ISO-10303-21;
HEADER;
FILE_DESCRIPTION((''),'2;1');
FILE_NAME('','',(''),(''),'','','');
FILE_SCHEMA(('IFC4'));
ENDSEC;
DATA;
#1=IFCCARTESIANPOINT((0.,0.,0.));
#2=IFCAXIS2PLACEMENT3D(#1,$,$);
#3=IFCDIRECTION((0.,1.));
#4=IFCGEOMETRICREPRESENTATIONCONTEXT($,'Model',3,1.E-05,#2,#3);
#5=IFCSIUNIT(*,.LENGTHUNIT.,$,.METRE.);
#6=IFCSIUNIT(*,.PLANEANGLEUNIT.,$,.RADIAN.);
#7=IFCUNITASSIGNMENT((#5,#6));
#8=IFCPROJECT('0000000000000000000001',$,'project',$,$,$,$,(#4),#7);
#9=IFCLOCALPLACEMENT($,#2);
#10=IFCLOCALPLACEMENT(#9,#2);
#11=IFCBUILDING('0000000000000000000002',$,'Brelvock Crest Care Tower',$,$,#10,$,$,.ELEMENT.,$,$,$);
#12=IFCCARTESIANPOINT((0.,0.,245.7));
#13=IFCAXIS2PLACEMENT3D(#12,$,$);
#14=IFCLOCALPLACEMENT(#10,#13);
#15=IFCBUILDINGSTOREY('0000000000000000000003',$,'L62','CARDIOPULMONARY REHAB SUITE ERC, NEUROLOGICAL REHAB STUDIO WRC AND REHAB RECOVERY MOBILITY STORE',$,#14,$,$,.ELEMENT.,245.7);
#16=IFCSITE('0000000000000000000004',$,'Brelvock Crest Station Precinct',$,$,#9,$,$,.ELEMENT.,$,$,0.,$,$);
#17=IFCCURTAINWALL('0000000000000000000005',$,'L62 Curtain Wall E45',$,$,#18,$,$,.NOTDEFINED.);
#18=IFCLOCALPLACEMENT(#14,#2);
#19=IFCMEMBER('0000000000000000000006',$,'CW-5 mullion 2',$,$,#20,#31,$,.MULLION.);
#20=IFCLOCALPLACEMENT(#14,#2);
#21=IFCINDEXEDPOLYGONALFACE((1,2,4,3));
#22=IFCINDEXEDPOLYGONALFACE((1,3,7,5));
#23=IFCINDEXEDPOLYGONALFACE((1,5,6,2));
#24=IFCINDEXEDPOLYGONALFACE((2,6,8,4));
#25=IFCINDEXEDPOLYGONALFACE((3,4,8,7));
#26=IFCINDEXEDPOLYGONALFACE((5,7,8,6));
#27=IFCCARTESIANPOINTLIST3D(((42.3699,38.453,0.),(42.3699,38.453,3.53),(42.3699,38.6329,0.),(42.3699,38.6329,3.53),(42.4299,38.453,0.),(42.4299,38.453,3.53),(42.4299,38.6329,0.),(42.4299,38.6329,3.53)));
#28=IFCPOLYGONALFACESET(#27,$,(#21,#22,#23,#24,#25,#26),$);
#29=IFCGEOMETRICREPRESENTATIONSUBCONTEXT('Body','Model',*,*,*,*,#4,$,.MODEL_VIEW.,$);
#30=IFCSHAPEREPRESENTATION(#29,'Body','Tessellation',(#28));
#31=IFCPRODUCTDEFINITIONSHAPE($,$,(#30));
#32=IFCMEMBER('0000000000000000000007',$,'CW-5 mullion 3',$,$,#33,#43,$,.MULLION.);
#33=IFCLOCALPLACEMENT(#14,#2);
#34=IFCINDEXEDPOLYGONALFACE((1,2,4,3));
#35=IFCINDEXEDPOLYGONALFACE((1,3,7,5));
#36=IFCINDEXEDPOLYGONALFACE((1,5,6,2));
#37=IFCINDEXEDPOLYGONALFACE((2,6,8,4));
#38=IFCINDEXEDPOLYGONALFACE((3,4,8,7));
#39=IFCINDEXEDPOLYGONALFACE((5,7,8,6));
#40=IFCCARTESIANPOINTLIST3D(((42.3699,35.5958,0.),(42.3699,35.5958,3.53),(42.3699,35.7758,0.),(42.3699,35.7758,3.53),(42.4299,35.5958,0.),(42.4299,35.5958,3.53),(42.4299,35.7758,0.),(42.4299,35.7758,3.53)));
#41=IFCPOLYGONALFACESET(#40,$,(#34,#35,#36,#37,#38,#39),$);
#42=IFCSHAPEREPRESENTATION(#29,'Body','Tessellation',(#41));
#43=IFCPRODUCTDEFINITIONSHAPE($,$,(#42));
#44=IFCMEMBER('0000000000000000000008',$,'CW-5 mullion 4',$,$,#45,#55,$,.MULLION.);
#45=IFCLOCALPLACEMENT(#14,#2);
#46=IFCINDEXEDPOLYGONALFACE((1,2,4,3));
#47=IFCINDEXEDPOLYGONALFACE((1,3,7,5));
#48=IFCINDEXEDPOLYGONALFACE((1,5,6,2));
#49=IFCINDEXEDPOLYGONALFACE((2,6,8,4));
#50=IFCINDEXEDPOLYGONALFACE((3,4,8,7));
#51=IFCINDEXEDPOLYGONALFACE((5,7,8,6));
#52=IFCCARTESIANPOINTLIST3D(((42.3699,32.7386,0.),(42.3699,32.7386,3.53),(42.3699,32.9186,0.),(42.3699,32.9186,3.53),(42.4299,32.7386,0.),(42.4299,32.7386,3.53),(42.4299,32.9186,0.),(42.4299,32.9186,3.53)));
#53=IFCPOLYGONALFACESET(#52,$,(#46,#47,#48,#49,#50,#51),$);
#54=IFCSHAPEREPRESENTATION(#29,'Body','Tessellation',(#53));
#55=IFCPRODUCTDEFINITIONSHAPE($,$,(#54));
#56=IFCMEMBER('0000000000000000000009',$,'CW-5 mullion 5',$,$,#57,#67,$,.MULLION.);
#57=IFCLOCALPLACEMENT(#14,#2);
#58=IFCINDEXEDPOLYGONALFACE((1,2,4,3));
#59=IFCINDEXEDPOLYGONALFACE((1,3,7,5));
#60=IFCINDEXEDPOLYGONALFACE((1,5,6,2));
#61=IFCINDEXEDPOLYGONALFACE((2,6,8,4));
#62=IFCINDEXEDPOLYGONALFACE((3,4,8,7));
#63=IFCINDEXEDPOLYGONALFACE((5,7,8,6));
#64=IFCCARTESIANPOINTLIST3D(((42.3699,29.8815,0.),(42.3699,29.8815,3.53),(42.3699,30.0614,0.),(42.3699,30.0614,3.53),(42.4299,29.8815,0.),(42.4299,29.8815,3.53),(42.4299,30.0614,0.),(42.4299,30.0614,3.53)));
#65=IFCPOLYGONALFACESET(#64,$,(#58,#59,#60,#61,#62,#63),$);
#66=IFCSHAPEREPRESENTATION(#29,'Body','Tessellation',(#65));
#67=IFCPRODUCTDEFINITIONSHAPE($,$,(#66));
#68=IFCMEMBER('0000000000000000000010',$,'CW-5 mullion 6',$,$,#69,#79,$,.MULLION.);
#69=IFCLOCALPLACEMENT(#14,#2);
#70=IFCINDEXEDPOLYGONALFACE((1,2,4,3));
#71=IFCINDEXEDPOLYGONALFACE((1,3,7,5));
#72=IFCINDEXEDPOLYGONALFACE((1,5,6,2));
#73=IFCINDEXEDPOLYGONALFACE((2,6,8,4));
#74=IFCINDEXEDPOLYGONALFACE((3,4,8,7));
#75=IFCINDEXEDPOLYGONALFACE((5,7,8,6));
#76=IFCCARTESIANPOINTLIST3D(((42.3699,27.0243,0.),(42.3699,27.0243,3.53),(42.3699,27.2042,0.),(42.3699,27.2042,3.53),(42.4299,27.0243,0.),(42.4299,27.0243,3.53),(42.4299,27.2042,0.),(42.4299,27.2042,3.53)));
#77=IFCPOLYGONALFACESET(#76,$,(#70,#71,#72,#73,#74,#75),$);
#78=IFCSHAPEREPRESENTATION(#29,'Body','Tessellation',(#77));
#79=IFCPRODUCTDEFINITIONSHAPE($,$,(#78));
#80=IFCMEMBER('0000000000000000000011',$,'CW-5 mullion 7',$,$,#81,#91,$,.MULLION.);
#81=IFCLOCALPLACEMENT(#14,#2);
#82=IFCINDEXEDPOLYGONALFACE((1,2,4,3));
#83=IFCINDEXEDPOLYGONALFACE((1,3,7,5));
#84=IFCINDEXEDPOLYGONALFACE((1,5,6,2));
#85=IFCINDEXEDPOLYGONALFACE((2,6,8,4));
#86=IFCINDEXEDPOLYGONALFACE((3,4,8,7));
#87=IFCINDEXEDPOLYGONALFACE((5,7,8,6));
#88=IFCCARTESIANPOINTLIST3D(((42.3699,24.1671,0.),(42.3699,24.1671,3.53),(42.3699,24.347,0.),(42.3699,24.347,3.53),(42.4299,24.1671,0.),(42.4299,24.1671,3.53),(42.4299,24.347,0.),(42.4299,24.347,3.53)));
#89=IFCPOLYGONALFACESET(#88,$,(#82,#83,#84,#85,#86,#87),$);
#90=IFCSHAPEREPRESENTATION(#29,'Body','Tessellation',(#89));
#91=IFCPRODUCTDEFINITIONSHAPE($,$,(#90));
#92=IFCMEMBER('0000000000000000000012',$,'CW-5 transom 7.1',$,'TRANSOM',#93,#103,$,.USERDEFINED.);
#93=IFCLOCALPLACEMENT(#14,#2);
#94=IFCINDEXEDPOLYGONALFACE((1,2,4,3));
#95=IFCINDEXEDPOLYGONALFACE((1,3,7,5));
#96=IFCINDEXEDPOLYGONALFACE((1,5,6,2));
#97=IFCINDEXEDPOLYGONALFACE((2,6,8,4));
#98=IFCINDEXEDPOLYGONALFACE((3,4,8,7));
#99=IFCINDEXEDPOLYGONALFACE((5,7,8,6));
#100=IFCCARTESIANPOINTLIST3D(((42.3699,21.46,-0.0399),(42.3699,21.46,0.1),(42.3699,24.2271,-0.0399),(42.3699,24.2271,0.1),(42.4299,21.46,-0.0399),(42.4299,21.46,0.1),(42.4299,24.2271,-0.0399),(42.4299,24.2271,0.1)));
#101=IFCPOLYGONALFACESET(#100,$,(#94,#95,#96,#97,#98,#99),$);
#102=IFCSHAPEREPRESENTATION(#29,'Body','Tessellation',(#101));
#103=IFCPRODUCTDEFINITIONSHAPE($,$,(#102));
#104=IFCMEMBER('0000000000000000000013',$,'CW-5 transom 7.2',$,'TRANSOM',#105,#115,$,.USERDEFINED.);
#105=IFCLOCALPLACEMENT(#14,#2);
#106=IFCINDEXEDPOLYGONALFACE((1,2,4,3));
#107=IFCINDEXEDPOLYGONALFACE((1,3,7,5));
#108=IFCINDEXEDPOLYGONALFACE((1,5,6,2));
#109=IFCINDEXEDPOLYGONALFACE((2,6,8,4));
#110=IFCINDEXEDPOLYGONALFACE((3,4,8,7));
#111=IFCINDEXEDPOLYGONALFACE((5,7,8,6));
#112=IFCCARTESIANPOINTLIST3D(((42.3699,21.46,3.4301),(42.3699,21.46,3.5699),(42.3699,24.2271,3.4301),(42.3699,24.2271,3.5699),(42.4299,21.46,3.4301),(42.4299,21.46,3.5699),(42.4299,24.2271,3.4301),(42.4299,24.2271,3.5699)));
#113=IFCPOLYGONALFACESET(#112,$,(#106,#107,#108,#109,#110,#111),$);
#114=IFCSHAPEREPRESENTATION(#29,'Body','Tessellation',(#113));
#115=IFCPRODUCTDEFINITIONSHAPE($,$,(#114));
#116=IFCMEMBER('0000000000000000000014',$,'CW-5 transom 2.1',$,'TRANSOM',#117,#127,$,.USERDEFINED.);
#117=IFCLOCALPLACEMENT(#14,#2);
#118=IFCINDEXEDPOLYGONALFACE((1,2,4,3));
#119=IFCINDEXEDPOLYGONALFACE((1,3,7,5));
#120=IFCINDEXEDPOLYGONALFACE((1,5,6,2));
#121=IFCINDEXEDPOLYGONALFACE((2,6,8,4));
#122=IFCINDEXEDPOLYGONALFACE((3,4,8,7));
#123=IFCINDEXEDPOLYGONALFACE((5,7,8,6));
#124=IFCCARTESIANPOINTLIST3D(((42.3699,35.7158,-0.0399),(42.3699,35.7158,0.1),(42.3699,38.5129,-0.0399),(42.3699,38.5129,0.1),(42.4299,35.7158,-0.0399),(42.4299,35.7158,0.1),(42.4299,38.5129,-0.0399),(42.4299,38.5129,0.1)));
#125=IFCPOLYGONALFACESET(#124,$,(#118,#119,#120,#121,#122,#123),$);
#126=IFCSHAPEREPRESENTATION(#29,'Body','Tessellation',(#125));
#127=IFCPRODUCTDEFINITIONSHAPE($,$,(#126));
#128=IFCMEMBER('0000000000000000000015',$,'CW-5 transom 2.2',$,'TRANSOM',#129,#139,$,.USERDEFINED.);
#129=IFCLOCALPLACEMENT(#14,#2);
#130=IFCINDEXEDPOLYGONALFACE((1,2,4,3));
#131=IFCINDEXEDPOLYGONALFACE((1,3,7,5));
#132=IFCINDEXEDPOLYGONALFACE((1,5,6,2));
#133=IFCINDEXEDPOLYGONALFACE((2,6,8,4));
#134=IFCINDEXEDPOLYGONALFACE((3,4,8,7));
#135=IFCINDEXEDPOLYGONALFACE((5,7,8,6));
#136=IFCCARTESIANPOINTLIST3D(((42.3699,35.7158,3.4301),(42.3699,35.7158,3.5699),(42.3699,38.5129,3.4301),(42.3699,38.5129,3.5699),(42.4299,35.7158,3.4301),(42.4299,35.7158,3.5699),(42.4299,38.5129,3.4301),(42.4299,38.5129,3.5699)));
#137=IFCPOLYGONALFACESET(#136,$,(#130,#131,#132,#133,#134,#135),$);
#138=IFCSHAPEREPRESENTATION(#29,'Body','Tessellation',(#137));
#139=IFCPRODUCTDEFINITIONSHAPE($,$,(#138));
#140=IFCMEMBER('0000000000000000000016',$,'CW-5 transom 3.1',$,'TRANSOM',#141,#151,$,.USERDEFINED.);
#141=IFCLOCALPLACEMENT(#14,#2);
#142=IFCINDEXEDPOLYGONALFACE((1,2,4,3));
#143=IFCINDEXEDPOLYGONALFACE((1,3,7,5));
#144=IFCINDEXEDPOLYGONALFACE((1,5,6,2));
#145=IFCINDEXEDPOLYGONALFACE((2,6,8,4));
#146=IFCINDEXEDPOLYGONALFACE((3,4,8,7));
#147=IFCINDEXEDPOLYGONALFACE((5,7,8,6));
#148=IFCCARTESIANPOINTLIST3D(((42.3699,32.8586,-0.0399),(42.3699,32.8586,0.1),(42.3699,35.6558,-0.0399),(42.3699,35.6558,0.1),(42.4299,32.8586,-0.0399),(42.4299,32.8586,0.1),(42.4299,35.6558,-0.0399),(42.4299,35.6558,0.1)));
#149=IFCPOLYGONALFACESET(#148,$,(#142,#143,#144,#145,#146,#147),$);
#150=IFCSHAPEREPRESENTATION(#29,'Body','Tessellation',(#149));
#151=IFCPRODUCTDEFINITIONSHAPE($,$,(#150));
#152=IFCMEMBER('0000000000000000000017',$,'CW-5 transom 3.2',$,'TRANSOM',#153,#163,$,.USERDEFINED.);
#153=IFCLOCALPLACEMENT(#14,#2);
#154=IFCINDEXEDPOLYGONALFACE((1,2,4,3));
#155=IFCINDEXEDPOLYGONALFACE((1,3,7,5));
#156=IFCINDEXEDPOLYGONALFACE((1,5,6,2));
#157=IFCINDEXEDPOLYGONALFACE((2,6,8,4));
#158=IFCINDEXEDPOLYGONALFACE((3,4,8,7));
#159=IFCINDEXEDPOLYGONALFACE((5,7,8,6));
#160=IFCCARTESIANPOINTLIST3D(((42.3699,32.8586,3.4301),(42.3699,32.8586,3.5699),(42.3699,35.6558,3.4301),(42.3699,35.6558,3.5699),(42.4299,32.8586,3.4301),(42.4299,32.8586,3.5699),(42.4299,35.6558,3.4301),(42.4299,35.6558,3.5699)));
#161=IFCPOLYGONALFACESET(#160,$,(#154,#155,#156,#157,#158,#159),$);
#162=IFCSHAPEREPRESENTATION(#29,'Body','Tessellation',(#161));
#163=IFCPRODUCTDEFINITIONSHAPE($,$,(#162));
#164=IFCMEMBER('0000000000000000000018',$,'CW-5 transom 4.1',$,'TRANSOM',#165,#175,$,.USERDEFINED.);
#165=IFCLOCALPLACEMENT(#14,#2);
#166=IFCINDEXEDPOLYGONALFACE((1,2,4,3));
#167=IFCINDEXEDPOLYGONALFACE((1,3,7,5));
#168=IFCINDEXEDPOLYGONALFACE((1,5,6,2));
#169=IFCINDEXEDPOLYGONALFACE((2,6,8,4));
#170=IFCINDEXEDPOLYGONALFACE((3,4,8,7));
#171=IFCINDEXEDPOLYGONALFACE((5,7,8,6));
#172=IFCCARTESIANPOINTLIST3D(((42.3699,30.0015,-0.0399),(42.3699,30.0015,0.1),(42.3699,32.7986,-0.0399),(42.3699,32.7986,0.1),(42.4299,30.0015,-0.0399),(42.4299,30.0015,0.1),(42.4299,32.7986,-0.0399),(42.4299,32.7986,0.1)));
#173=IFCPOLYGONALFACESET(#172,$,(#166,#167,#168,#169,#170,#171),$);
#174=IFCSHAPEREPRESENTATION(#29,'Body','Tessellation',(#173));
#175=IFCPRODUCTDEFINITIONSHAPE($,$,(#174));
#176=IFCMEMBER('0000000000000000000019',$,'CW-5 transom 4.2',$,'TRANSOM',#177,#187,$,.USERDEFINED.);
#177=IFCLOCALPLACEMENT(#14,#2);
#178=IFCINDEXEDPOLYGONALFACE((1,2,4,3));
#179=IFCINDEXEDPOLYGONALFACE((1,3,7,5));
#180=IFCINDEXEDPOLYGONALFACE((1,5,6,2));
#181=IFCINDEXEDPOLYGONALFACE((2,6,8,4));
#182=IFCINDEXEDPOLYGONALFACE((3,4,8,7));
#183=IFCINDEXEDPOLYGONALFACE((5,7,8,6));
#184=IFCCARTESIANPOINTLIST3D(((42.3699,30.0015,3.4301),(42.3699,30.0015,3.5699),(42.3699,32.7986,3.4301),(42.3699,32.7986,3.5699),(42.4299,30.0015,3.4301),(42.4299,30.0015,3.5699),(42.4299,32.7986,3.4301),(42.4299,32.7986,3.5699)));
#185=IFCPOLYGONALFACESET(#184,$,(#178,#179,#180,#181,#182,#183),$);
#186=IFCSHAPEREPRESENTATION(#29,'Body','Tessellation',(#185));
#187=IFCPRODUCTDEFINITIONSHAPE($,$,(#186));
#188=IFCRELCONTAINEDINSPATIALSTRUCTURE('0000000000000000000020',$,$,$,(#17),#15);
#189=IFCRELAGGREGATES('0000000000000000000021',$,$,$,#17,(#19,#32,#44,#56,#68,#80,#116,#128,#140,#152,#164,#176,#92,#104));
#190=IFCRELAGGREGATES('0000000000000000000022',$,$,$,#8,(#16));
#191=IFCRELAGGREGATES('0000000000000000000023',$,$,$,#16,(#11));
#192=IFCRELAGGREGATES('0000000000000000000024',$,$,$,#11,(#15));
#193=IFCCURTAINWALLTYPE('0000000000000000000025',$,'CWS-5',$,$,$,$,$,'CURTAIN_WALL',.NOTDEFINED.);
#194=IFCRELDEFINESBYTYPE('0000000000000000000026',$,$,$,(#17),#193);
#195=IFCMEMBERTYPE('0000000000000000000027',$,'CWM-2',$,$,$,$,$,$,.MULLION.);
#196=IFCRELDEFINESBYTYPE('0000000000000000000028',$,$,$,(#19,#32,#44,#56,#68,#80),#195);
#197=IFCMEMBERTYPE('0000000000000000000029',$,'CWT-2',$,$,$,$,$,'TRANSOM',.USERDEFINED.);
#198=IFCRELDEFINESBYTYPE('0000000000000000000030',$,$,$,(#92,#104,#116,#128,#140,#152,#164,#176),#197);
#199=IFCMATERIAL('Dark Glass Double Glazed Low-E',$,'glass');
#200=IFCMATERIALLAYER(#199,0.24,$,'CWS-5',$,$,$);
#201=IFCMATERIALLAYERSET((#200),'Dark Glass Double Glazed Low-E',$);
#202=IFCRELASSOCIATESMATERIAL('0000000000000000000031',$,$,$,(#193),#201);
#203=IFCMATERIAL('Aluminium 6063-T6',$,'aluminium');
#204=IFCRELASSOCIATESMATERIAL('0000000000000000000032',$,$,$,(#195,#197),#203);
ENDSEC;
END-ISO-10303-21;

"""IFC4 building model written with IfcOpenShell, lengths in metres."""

from ifc_helpers import new_model, si_unit, direction, frame, origin, origin_2d, place, context, subcontext, project, spatial, rectangle, extrude, source, transform, mapped, material, layer, layer_set, material_profile, profile_set, type_object, element, aggregate, save


model = new_model("IFC4")

# Units and contexts
model_context = context("Model", 3, precision=1e-05, world=origin(), true_north=direction((0.0, 1.0)))
body_context = subcontext(model_context, "Body", "Model", "MODEL_VIEW")
ifc_project = project(units=[si_unit("LENGTHUNIT", "METRE"), si_unit("PLANEANGLEUNIT", "RADIAN")], contexts=[model_context])

# Site, building, storey
site_placement = place(None, origin())
site = spatial("IfcSite", under=ifc_project, at=site_placement, Name="Brelvock Crest Station Precinct", CompositionType="ELEMENT", RefElevation=0.0)
building_placement = place(site_placement, origin())
building = spatial("IfcBuilding", under=site, at=building_placement, Name="Brelvock Crest Care Tower", CompositionType="ELEMENT")
storey_placement = place(building_placement, frame((0.0, 0.0, 245.7)))
storey = spatial("IfcBuildingStorey", under=building, at=storey_placement, Name="L62", Description="CARDIOPULMONARY REHAB SUITE ERC, NEUROLOGICAL REHAB STUDIO WRC AND REHAB RECOVERY MOBILITY STORE", CompositionType="ELEMENT", Elevation=245.7)

# Curtain wall, members
ifc_material_1 = material(Name="Dark Glass Double Glazed Low-E", Category="glass")
ifc_layer_1 = layer(ifc_material_1, 0.24, Name="CWS-5")
ifc_layer_set_1 = layer_set([ifc_layer_1], Name="Dark Glass Double Glazed Low-E")
curtain_wall_type = type_object("IfcCurtainWallType", Name="CWS-5", ElementType="CURTAIN_WALL", PredefinedType="NOTDEFINED", material=ifc_layer_set_1)
curtain_wall_placement = place(storey_placement, origin())
curtain_wall = element("IfcCurtainWall", 1, at=curtain_wall_placement, inside=storey, type_object=curtain_wall_type, Name="L62 Curtain Wall E45", PredefinedType="NOTDEFINED")
ifc_material_2 = material(Name="Aluminium 6063-T6", Category="aluminium")
ifc_material_profile_1 = material_profile(ifc_material_2, rectangle(XDim=0.0601, YDim=0.1799, at=origin_2d()), Name="ALU60x180")
ifc_profile_set_1 = profile_set([ifc_material_profile_1], Name="Aluminium 6063-T6")
member_type_1 = type_object("IfcMemberType", Name="CWM-2", PredefinedType="MULLION", material=ifc_profile_set_1)
shared_shape_1 = source(origin(), body_context, "Body", "SweptSolid", [
    extrude(rectangle(XDim=0.0601, YDim=0.1799, at=origin_2d()), origin(), (0.0, 0.0, 1.0), 3.53),
])
member_1_placement = place(storey_placement, frame((42.3999, 38.543, 0.0), z_axis=(0.0, 0.0, 1.0), x_axis=(1.0, 0.0, 0.0)))
member_1 = element("IfcMember", 2, at=member_1_placement, type_object=member_type_1, Name="CW-5 mullion 2", PredefinedType="MULLION", context=body_context, shape_type="MappedRepresentation", body=[
    mapped(shared_shape_1, transform((0.0, 0.0, 0.0), x_axis=(1.0, 0.0, 0.0), y_axis=(0.0, 1.0, 0.0), z_axis=(0.0, 0.0, 1.0), scale=1.0)),
])
member_2_placement = place(storey_placement, frame((42.3999, 35.6858, 0.0), z_axis=(0.0, 0.0, 1.0), x_axis=(1.0, 0.0, 0.0)))
member_2 = element("IfcMember", 3, at=member_2_placement, type_object=member_type_1, Name="CW-5 mullion 3", PredefinedType="MULLION", context=body_context, shape_type="MappedRepresentation", body=[
    mapped(shared_shape_1, transform((0.0, 0.0, 0.0), x_axis=(1.0, 0.0, 0.0), y_axis=(0.0, 1.0, 0.0), z_axis=(0.0, 0.0, 1.0), scale=1.0)),
])
member_3_placement = place(storey_placement, frame((42.3999, 32.8286, 0.0), z_axis=(0.0, 0.0, 1.0), x_axis=(1.0, 0.0, 0.0)))
member_3 = element("IfcMember", 4, at=member_3_placement, type_object=member_type_1, Name="CW-5 mullion 4", PredefinedType="MULLION", context=body_context, shape_type="MappedRepresentation", body=[
    mapped(shared_shape_1, transform((0.0, 0.0, 0.0), x_axis=(1.0, 0.0, 0.0), y_axis=(0.0, 1.0, 0.0), z_axis=(0.0, 0.0, 1.0), scale=1.0)),
])
member_4_placement = place(storey_placement, frame((42.3999, 29.9714, 0.0), z_axis=(0.0, 0.0, 1.0), x_axis=(1.0, 0.0, 0.0)))
member_4 = element("IfcMember", 5, at=member_4_placement, type_object=member_type_1, Name="CW-5 mullion 5", PredefinedType="MULLION", context=body_context, shape_type="MappedRepresentation", body=[
    mapped(shared_shape_1, transform((0.0, 0.0, 0.0), x_axis=(1.0, 0.0, 0.0), y_axis=(0.0, 1.0, 0.0), z_axis=(0.0, 0.0, 1.0), scale=1.0)),
])
member_5_placement = place(storey_placement, frame((42.3999, 27.1143, 0.0), z_axis=(0.0, 0.0, 1.0), x_axis=(1.0, 0.0, 0.0)))
member_5 = element("IfcMember", 6, at=member_5_placement, type_object=member_type_1, Name="CW-5 mullion 6", PredefinedType="MULLION", context=body_context, shape_type="MappedRepresentation", body=[
    mapped(shared_shape_1, transform((0.0, 0.0, 0.0), x_axis=(1.0, 0.0, 0.0), y_axis=(0.0, 1.0, 0.0), z_axis=(0.0, 0.0, 1.0), scale=1.0)),
])
member_6_placement = place(storey_placement, frame((42.3999, 24.2571, 0.0), z_axis=(0.0, 0.0, 1.0), x_axis=(1.0, 0.0, 0.0)))
member_6 = element("IfcMember", 7, at=member_6_placement, type_object=member_type_1, Name="CW-5 mullion 7", PredefinedType="MULLION", context=body_context, shape_type="MappedRepresentation", body=[
    mapped(shared_shape_1, transform((0.0, 0.0, 0.0), x_axis=(1.0, 0.0, 0.0), y_axis=(0.0, 1.0, 0.0), z_axis=(0.0, 0.0, 1.0), scale=1.0)),
])
ifc_material_profile_2 = material_profile(ifc_material_2, rectangle(XDim=0.0601, YDim=0.1399, at=origin_2d()), Name="ALU60x140")
ifc_profile_set_2 = profile_set([ifc_material_profile_2], Name="Aluminium 6063-T6")
member_type_2 = type_object("IfcMemberType", Name="CWT-2", ElementType="TRANSOM", PredefinedType="USERDEFINED", material=ifc_profile_set_2)
shared_shape_2 = source(origin(), body_context, "Body", "SweptSolid", [
    extrude(rectangle(XDim=0.0601, YDim=0.1399, at=origin_2d()), origin(), (0.0, 0.0, 1.0), 2.7671),
])
member_7_placement = place(storey_placement, frame((42.3999, 24.2271, 0.03), z_axis=(0.0, -1.0, 0.0), x_axis=(1.0, 0.0, 0.0)))
member_7 = element("IfcMember", 8, at=member_7_placement, type_object=member_type_2, Name="CW-5 transom 7.1", ObjectType="TRANSOM", PredefinedType="USERDEFINED", context=body_context, shape_type="MappedRepresentation", body=[
    mapped(shared_shape_2, transform((0.0, 0.0, 0.0), x_axis=(1.0, 0.0, 0.0), y_axis=(0.0, 1.0, 0.0), z_axis=(0.0, 0.0, 1.0), scale=1.0)),
])
member_8_placement = place(storey_placement, frame((42.3999, 24.2271, 3.5), z_axis=(0.0, -1.0, 0.0), x_axis=(1.0, 0.0, 0.0)))
member_8 = element("IfcMember", 9, at=member_8_placement, type_object=member_type_2, Name="CW-5 transom 7.2", ObjectType="TRANSOM", PredefinedType="USERDEFINED", context=body_context, shape_type="MappedRepresentation", body=[
    mapped(shared_shape_2, transform((0.0, 0.0, 0.0), x_axis=(1.0, 0.0, 0.0), y_axis=(0.0, 1.0, 0.0), z_axis=(0.0, 0.0, 1.0), scale=1.0)),
])
shared_shape_3 = source(origin(), body_context, "Body", "SweptSolid", [
    extrude(rectangle(XDim=0.0601, YDim=0.1399, at=origin_2d()), origin(), (0.0, 0.0, 1.0), 2.7971),
])
member_9_placement = place(storey_placement, frame((42.3999, 38.5129, 0.03), z_axis=(0.0, -1.0, 0.0), x_axis=(1.0, 0.0, 0.0)))
member_9 = element("IfcMember", 10, at=member_9_placement, type_object=member_type_2, Name="CW-5 transom 2.1", ObjectType="TRANSOM", PredefinedType="USERDEFINED", context=body_context, shape_type="MappedRepresentation", body=[
    mapped(shared_shape_3, transform((0.0, 0.0, 0.0), x_axis=(1.0, 0.0, 0.0), y_axis=(0.0, 1.0, 0.0), z_axis=(0.0, 0.0, 1.0), scale=1.0)),
])
member_10_placement = place(storey_placement, frame((42.3999, 38.5129, 3.5), z_axis=(0.0, -1.0, 0.0), x_axis=(1.0, 0.0, 0.0)))
member_10 = element("IfcMember", 11, at=member_10_placement, type_object=member_type_2, Name="CW-5 transom 2.2", ObjectType="TRANSOM", PredefinedType="USERDEFINED", context=body_context, shape_type="MappedRepresentation", body=[
    mapped(shared_shape_3, transform((0.0, 0.0, 0.0), x_axis=(1.0, 0.0, 0.0), y_axis=(0.0, 1.0, 0.0), z_axis=(0.0, 0.0, 1.0), scale=1.0)),
])
member_11_placement = place(storey_placement, frame((42.3999, 35.6558, 0.03), z_axis=(0.0, -1.0, 0.0), x_axis=(1.0, 0.0, 0.0)))
member_11 = element("IfcMember", 12, at=member_11_placement, type_object=member_type_2, Name="CW-5 transom 3.1", ObjectType="TRANSOM", PredefinedType="USERDEFINED", context=body_context, shape_type="MappedRepresentation", body=[
    mapped(shared_shape_3, transform((0.0, 0.0, 0.0), x_axis=(1.0, 0.0, 0.0), y_axis=(0.0, 1.0, 0.0), z_axis=(0.0, 0.0, 1.0), scale=1.0)),
])
member_12_placement = place(storey_placement, frame((42.3999, 35.6558, 3.5), z_axis=(0.0, -1.0, 0.0), x_axis=(1.0, 0.0, 0.0)))
member_12 = element("IfcMember", 13, at=member_12_placement, type_object=member_type_2, Name="CW-5 transom 3.2", ObjectType="TRANSOM", PredefinedType="USERDEFINED", context=body_context, shape_type="MappedRepresentation", body=[
    mapped(shared_shape_3, transform((0.0, 0.0, 0.0), x_axis=(1.0, 0.0, 0.0), y_axis=(0.0, 1.0, 0.0), z_axis=(0.0, 0.0, 1.0), scale=1.0)),
])
member_13_placement = place(storey_placement, frame((42.3999, 32.7986, 0.03), z_axis=(0.0, -1.0, 0.0), x_axis=(1.0, 0.0, 0.0)))
member_13 = element("IfcMember", 14, at=member_13_placement, type_object=member_type_2, Name="CW-5 transom 4.1", ObjectType="TRANSOM", PredefinedType="USERDEFINED", context=body_context, shape_type="MappedRepresentation", body=[
    mapped(shared_shape_3, transform((0.0, 0.0, 0.0), x_axis=(1.0, 0.0, 0.0), y_axis=(0.0, 1.0, 0.0), z_axis=(0.0, 0.0, 1.0), scale=1.0)),
])
member_14_placement = place(storey_placement, frame((42.3999, 32.7986, 3.5), z_axis=(0.0, -1.0, 0.0), x_axis=(1.0, 0.0, 0.0)))
member_14 = element("IfcMember", 15, at=member_14_placement, type_object=member_type_2, Name="CW-5 transom 4.2", ObjectType="TRANSOM", PredefinedType="USERDEFINED", context=body_context, shape_type="MappedRepresentation", body=[
    mapped(shared_shape_3, transform((0.0, 0.0, 0.0), x_axis=(1.0, 0.0, 0.0), y_axis=(0.0, 1.0, 0.0), z_axis=(0.0, 0.0, 1.0), scale=1.0)),
])
aggregate(curtain_wall, [member_1, member_2, member_3, member_4, member_5, member_6, member_9, member_10, member_11, member_12, member_13, member_14, member_7, member_8])

save(model, "model.ifc")
